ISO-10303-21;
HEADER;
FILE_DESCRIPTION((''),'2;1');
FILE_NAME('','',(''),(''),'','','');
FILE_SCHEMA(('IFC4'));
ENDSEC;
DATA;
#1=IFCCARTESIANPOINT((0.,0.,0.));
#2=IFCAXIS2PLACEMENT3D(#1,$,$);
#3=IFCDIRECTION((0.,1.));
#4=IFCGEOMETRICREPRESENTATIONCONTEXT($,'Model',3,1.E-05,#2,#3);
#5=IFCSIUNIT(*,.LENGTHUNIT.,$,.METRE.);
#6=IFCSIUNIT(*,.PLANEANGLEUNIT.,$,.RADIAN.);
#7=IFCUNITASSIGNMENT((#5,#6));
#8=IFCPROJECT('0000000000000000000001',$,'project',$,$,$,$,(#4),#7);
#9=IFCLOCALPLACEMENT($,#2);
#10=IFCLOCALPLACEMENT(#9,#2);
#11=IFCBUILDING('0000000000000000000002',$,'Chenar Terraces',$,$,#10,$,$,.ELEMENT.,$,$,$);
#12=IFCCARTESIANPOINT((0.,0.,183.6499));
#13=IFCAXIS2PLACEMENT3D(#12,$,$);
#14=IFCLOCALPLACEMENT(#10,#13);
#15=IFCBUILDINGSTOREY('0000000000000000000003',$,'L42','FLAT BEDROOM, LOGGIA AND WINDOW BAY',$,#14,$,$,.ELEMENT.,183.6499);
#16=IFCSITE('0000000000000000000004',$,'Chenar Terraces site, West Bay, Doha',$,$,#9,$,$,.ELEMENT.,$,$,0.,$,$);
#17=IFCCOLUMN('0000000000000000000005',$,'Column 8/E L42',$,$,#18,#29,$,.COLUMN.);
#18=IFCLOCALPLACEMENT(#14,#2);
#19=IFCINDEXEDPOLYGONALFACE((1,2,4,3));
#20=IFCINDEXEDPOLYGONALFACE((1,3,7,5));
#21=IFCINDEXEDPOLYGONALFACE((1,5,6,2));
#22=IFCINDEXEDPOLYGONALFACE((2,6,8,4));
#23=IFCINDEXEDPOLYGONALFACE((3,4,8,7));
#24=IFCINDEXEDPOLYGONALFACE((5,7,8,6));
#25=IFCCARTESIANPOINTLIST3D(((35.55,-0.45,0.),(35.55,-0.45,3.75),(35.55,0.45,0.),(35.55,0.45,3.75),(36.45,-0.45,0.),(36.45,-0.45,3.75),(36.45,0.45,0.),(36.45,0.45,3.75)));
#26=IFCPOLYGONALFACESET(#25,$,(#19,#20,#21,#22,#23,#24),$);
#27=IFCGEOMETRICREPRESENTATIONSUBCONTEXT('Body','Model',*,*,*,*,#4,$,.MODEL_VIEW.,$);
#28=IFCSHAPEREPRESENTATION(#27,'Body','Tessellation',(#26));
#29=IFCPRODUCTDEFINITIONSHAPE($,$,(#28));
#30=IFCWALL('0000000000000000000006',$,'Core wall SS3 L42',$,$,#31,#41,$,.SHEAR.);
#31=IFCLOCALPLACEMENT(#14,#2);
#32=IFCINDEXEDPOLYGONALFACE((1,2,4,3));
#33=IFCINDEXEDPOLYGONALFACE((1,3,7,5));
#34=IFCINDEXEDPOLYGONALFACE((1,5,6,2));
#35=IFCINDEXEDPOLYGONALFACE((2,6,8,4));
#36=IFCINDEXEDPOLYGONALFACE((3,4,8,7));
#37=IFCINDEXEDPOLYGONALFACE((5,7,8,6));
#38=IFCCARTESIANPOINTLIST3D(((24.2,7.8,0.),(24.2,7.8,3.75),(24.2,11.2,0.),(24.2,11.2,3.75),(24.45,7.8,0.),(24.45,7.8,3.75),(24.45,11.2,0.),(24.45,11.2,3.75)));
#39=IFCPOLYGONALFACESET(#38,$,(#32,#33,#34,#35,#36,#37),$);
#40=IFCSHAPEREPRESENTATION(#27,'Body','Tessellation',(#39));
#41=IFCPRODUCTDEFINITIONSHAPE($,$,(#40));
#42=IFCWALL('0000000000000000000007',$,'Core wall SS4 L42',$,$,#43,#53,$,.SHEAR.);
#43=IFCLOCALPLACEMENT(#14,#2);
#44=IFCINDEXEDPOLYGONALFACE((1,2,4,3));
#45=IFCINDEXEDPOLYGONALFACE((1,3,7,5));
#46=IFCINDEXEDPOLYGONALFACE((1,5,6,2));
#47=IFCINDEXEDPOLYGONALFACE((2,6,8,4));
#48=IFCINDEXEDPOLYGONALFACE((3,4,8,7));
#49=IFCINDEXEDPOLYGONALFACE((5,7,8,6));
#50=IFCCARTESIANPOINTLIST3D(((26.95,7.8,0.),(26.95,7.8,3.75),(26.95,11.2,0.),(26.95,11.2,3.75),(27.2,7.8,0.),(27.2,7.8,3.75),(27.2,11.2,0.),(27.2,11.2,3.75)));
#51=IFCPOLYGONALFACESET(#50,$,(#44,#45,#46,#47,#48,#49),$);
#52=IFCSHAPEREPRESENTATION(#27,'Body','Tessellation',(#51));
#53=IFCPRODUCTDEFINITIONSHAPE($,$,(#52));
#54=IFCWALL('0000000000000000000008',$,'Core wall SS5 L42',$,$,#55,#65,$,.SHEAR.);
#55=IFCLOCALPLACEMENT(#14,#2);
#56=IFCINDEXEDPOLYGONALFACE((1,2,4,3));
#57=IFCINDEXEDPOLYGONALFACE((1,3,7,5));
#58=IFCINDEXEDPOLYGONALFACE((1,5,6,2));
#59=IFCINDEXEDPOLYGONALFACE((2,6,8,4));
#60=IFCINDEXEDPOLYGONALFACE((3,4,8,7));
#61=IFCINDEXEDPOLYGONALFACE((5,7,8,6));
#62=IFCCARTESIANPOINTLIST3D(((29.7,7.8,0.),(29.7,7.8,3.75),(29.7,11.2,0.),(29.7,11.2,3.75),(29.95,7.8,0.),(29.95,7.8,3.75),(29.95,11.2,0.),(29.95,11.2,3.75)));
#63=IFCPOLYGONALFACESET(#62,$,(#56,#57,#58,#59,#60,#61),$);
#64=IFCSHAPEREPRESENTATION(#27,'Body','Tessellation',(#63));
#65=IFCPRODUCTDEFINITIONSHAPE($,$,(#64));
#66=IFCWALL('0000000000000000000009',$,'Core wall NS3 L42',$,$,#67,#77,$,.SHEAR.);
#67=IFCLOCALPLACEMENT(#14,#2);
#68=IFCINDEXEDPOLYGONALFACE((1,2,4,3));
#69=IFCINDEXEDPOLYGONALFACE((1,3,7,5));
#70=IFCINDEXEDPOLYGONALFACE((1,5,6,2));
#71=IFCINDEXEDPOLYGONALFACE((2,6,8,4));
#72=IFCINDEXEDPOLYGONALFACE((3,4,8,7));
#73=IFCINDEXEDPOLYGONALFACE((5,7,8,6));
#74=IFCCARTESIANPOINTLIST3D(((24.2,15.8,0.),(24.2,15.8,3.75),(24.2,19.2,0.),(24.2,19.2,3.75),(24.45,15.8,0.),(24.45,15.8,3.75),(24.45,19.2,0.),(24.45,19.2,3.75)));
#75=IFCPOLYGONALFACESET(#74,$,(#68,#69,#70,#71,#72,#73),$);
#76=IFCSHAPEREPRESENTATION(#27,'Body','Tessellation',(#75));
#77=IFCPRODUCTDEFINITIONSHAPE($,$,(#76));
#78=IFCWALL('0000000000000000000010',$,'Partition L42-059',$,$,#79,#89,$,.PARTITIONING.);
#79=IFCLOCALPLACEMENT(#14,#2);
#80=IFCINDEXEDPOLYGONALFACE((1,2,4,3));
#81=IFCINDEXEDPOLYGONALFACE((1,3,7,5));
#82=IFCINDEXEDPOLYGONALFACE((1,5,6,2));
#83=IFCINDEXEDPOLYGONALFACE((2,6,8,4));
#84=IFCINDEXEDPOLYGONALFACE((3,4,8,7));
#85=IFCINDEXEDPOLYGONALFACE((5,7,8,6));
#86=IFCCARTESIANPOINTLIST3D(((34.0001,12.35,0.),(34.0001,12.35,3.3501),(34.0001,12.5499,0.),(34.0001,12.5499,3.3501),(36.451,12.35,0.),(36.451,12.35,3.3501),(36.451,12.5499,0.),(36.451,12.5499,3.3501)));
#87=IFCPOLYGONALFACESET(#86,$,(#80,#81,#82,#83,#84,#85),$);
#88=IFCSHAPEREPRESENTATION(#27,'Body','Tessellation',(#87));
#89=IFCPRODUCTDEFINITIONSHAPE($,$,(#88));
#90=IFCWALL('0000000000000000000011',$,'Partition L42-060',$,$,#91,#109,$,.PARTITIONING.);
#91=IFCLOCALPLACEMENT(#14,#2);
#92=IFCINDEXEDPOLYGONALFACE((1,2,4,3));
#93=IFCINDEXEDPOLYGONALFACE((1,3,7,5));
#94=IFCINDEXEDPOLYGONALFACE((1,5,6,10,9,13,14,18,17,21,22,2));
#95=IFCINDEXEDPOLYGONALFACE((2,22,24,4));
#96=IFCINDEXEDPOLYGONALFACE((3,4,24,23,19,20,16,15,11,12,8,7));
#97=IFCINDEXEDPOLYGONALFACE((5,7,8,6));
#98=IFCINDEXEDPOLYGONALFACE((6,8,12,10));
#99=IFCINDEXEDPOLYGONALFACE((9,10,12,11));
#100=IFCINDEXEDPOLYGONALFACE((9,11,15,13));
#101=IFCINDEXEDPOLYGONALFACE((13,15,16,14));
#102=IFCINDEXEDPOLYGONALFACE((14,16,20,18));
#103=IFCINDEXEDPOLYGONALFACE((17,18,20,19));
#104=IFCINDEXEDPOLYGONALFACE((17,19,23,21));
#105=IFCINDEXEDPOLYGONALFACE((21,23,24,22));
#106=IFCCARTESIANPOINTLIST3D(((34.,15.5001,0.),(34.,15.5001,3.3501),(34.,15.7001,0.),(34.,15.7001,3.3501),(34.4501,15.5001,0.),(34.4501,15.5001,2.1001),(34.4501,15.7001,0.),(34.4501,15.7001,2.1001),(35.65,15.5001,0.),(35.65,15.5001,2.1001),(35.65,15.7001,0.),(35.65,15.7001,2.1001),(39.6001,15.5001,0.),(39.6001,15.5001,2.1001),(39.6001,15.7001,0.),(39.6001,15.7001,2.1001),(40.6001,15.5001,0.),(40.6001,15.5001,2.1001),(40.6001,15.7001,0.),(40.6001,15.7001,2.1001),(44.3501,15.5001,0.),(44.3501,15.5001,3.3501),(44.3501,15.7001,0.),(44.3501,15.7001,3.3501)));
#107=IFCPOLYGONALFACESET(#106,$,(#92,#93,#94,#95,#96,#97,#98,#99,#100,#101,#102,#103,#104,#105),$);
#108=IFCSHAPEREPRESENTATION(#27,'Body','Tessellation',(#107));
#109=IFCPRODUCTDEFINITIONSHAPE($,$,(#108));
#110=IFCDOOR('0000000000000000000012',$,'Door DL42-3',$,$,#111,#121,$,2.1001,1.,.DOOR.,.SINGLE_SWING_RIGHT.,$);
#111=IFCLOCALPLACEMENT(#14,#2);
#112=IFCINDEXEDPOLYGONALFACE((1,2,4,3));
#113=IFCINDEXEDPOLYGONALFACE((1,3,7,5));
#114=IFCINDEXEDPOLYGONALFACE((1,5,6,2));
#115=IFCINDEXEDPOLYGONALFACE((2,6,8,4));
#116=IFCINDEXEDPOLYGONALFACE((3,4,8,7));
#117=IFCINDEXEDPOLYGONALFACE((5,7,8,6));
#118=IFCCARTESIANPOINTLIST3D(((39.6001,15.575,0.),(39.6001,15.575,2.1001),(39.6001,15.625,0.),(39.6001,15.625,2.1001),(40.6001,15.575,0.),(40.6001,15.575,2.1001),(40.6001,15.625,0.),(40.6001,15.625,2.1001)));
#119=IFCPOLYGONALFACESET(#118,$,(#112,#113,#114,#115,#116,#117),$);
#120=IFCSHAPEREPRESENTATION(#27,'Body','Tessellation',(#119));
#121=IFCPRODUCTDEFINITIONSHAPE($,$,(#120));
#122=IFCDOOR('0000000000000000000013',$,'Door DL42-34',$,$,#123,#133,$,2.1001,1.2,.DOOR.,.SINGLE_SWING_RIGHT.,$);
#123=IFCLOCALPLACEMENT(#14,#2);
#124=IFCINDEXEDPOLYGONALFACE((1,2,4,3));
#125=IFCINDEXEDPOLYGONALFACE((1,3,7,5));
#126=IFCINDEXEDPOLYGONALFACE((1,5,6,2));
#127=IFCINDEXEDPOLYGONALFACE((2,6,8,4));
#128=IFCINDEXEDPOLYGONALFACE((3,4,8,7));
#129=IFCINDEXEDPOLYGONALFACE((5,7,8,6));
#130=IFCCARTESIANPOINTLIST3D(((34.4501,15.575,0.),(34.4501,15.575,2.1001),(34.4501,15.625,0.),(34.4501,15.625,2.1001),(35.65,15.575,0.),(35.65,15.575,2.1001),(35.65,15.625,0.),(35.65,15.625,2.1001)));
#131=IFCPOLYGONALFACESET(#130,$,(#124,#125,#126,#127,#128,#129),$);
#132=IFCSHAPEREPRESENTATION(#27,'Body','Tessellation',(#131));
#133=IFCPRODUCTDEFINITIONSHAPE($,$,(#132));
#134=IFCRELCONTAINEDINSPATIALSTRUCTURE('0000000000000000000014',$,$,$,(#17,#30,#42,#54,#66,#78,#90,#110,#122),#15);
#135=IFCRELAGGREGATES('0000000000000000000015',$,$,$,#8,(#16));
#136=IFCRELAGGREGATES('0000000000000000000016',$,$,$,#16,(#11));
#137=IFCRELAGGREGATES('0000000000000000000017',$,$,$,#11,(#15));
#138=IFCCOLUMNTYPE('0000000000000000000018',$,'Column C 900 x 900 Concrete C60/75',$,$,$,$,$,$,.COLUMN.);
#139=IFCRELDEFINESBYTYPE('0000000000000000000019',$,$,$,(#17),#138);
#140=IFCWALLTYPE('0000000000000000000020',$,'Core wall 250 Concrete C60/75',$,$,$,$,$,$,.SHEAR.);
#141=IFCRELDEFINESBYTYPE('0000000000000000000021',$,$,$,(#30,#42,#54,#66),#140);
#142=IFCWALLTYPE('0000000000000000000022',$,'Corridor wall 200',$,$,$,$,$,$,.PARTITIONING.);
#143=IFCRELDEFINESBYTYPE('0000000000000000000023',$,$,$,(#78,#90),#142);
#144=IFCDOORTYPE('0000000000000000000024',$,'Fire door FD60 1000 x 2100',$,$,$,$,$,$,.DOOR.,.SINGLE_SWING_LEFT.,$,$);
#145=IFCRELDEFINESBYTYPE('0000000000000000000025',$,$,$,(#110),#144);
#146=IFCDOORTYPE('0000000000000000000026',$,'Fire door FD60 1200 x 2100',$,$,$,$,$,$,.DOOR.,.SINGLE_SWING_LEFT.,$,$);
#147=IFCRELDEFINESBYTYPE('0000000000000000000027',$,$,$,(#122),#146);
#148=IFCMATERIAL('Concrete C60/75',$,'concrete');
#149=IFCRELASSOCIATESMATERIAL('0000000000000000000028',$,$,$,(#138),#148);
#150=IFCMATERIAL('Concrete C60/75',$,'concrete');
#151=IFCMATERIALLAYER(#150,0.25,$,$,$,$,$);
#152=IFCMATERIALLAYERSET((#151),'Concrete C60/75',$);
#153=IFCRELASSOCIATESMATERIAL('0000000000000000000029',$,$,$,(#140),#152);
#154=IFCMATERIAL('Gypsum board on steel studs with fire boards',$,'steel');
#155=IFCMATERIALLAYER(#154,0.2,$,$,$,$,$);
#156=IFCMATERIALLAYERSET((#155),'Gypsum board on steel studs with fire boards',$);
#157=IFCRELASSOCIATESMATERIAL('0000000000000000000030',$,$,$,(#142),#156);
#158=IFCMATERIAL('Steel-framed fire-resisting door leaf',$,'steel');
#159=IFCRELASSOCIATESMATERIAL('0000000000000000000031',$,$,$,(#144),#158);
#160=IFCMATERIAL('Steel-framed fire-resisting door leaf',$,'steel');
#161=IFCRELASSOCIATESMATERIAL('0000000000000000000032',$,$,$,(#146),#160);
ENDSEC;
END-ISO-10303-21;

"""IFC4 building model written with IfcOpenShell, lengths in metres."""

from ifc_helpers import new_model, si_unit, direction, frame, frame_2d, origin, origin_2d, place, context, subcontext, project, spatial, rectangle, extrude, material, layer, layer_set, material_profile, profile_set, type_object, element, fill, save


model = new_model("IFC4")

# Units and contexts
model_context = context("Model", 3, precision=1e-05, world=origin(), true_north=direction((0.0, 1.0)))
body_context = subcontext(model_context, "Body", "Model", "MODEL_VIEW")
ifc_project = project(units=[si_unit("LENGTHUNIT", "METRE"), si_unit("PLANEANGLEUNIT", "RADIAN")], contexts=[model_context])

# Site, building, storey
site_placement = place(None, origin())
site = spatial("IfcSite", under=ifc_project, at=site_placement, Name="Chenar Terraces site, West Bay, Doha", CompositionType="ELEMENT", RefElevation=0.0)
building_placement = place(site_placement, origin())
building = spatial("IfcBuilding", under=site, at=building_placement, Name="Chenar Terraces", CompositionType="ELEMENT")
storey_placement = place(building_placement, frame((0.0, 0.0, 183.6499)))
storey = spatial("IfcBuildingStorey", under=building, at=storey_placement, Name="L42", Description="FLAT BEDROOM, LOGGIA AND WINDOW BAY", CompositionType="ELEMENT", Elevation=183.6499)

# Column
ifc_material_1 = material(Name="Concrete C60/75", Category="concrete")
ifc_material_profile = material_profile(ifc_material_1, rectangle(XDim=0.8999, YDim=0.8999, at=origin_2d()), Name="C 900 x 900")
ifc_profile_set = profile_set([ifc_material_profile], Name="Concrete C60/75")
column_type = type_object("IfcColumnType", Name="Column C 900 x 900 Concrete C60/75", PredefinedType="COLUMN", material=ifc_profile_set)
column_placement = place(storey_placement, frame((36.0, 0.0, 0.0), z_axis=(0.0, 0.0, 1.0), x_axis=(1.0, 0.0, 0.0)))
element("IfcColumn", 1, at=column_placement, inside=storey, type_object=column_type, Name="Column 8/E L42", PredefinedType="COLUMN", context=body_context, shape_type="SweptSolid", body=[
    extrude(rectangle(XDim=0.8999, YDim=0.8999, at=origin_2d()), origin(), (0.0, 0.0, 1.0), 3.75),
])

# Walls
ifc_material_2 = material(Name="Concrete C60/75", Category="concrete")
ifc_layer_1 = layer(ifc_material_2, 0.25)
ifc_layer_set_1 = layer_set([ifc_layer_1], Name="Concrete C60/75")
wall_type_1 = type_object("IfcWallType", Name="Core wall 250 Concrete C60/75", PredefinedType="SHEAR", material=ifc_layer_set_1)
for number, where, z_axis, x_axis, name in (
    (2, (24.325, 7.8, 0.0), (0.0, 0.0, 1.0), (0.0, 1.0, 0.0), "Core wall SS3 L42"),
    (3, (27.075, 7.8, 0.0), (0.0, 0.0, 1.0), (0.0, 1.0, 0.0), "Core wall SS4 L42"),
    (4, (29.825, 7.8, 0.0), (0.0, 0.0, 1.0), (0.0, 1.0, 0.0), "Core wall SS5 L42"),
    (5, (24.325, 15.8, 0.0), (0.0, 0.0, 1.0), (0.0, 1.0, 0.0), "Core wall NS3 L42"),
):
    element("IfcWall", number, at=place(storey_placement, frame(where, z_axis=z_axis, x_axis=x_axis)), inside=storey, type_object=wall_type_1, Name=name, PredefinedType="SHEAR", context=body_context, shape_type="SweptSolid", body=[
        extrude(rectangle(XDim=3.3999, YDim=0.25, at=frame_2d((1.7, 0.0))), origin(), (0.0, 0.0, 1.0), 3.75),
    ])

# Wall
ifc_material_3 = material(Name="Gypsum board on steel studs with fire boards", Category="steel")
ifc_layer_2 = layer(ifc_material_3, 0.2)
ifc_layer_set_2 = layer_set([ifc_layer_2], Name="Gypsum board on steel studs with fire boards")
wall_type_2 = type_object("IfcWallType", Name="Corridor wall 200", PredefinedType="PARTITIONING", material=ifc_layer_set_2)
wall_1_placement = place(storey_placement, frame((34.0, 12.45, 0.0), z_axis=(0.0, 0.0, 1.0), x_axis=(1.0, 0.0, 0.0)))
element("IfcWall", 6, at=wall_1_placement, inside=storey, type_object=wall_type_2, Name="Partition L42-059", PredefinedType="PARTITIONING", context=body_context, shape_type="SweptSolid", body=[
    extrude(rectangle(XDim=2.4509, YDim=0.2, at=frame_2d((1.2256, 0.0))), origin(), (0.0, 0.0, 1.0), 3.3501),
])

# Wall, openings, doors
wall_2_placement = place(storey_placement, frame((34.0, 15.6001, 0.0), z_axis=(0.0, 0.0, 1.0), x_axis=(1.0, 0.0, 0.0)))
wall_2 = element("IfcWall", 7, at=wall_2_placement, inside=storey, type_object=wall_type_2, Name="Partition L42-060", PredefinedType="PARTITIONING", context=body_context, shape_type="SweptSolid", body=[
    extrude(rectangle(XDim=10.3501, YDim=0.2, at=frame_2d((5.175, 0.0))), origin(), (0.0, 0.0, 1.0), 3.3501),
])
opening_1_placement = place(wall_2_placement, frame((5.6001, 0.0, 0.0)))
opening_1 = element("IfcOpeningElement", 8, at=opening_1_placement, cuts=wall_2, PredefinedType="OPENING", context=body_context, shape_type="SweptSolid", body=[
    extrude(rectangle(XDim=1.0, YDim=2.1001, at=frame_2d((0.5, 1.05))), frame((0.0, 0.1099, 0.0), z_axis=(0.0, -1.0, 0.0), x_axis=(1.0, 0.0, 0.0)), (0.0, 0.0, 1.0), 0.22),
])
opening_2_placement = place(wall_2_placement, frame((0.45, 0.0, 0.0)))
opening_2 = element("IfcOpeningElement", 9, at=opening_2_placement, cuts=wall_2, PredefinedType="OPENING", context=body_context, shape_type="SweptSolid", body=[
    extrude(rectangle(XDim=1.2, YDim=2.1001, at=frame_2d((0.6001, 1.05))), frame((0.0, 0.1099, 0.0), z_axis=(0.0, -1.0, 0.0), x_axis=(1.0, 0.0, 0.0)), (0.0, 0.0, 1.0), 0.22),
])
ifc_material_4 = material(Name="Steel-framed fire-resisting door leaf", Category="steel")
door_type_1 = type_object("IfcDoorType", Name="Fire door FD60 1000 x 2100", OperationType="SINGLE_SWING_LEFT", PredefinedType="DOOR", material=ifc_material_4)
door_1_placement = place(opening_1_placement, origin())
door_1 = element("IfcDoor", 10, at=door_1_placement, inside=storey, type_object=door_type_1, Name="Door DL42-3", OperationType="SINGLE_SWING_RIGHT", OverallHeight=2.1001, OverallWidth=1.0, PredefinedType="DOOR", context=body_context, shape_type="SweptSolid", body=[
    extrude(rectangle(XDim=1.0, YDim=2.1001, at=frame_2d((0.5, 1.05))), frame((0.0, 0.0249, 0.0), z_axis=(0.0, -1.0, 0.0), x_axis=(1.0, 0.0, 0.0)), (0.0, 0.0, 1.0), 0.05),
])
fill(opening_1, door_1)
ifc_material_5 = material(Name="Steel-framed fire-resisting door leaf", Category="steel")
door_type_2 = type_object("IfcDoorType", Name="Fire door FD60 1200 x 2100", OperationType="SINGLE_SWING_LEFT", PredefinedType="DOOR", material=ifc_material_5)
door_2_placement = place(opening_2_placement, origin())
door_2 = element("IfcDoor", 11, at=door_2_placement, inside=storey, type_object=door_type_2, Name="Door DL42-34", OperationType="SINGLE_SWING_RIGHT", OverallHeight=2.1001, OverallWidth=1.2, PredefinedType="DOOR", context=body_context, shape_type="SweptSolid", body=[
    extrude(rectangle(XDim=1.2, YDim=2.1001, at=frame_2d((0.6001, 1.05))), frame((0.0, 0.0249, 0.0), z_axis=(0.0, -1.0, 0.0), x_axis=(1.0, 0.0, 0.0)), (0.0, 0.0, 1.0), 0.05),
])
fill(opening_2, door_2)

save(model, "model.ifc")
